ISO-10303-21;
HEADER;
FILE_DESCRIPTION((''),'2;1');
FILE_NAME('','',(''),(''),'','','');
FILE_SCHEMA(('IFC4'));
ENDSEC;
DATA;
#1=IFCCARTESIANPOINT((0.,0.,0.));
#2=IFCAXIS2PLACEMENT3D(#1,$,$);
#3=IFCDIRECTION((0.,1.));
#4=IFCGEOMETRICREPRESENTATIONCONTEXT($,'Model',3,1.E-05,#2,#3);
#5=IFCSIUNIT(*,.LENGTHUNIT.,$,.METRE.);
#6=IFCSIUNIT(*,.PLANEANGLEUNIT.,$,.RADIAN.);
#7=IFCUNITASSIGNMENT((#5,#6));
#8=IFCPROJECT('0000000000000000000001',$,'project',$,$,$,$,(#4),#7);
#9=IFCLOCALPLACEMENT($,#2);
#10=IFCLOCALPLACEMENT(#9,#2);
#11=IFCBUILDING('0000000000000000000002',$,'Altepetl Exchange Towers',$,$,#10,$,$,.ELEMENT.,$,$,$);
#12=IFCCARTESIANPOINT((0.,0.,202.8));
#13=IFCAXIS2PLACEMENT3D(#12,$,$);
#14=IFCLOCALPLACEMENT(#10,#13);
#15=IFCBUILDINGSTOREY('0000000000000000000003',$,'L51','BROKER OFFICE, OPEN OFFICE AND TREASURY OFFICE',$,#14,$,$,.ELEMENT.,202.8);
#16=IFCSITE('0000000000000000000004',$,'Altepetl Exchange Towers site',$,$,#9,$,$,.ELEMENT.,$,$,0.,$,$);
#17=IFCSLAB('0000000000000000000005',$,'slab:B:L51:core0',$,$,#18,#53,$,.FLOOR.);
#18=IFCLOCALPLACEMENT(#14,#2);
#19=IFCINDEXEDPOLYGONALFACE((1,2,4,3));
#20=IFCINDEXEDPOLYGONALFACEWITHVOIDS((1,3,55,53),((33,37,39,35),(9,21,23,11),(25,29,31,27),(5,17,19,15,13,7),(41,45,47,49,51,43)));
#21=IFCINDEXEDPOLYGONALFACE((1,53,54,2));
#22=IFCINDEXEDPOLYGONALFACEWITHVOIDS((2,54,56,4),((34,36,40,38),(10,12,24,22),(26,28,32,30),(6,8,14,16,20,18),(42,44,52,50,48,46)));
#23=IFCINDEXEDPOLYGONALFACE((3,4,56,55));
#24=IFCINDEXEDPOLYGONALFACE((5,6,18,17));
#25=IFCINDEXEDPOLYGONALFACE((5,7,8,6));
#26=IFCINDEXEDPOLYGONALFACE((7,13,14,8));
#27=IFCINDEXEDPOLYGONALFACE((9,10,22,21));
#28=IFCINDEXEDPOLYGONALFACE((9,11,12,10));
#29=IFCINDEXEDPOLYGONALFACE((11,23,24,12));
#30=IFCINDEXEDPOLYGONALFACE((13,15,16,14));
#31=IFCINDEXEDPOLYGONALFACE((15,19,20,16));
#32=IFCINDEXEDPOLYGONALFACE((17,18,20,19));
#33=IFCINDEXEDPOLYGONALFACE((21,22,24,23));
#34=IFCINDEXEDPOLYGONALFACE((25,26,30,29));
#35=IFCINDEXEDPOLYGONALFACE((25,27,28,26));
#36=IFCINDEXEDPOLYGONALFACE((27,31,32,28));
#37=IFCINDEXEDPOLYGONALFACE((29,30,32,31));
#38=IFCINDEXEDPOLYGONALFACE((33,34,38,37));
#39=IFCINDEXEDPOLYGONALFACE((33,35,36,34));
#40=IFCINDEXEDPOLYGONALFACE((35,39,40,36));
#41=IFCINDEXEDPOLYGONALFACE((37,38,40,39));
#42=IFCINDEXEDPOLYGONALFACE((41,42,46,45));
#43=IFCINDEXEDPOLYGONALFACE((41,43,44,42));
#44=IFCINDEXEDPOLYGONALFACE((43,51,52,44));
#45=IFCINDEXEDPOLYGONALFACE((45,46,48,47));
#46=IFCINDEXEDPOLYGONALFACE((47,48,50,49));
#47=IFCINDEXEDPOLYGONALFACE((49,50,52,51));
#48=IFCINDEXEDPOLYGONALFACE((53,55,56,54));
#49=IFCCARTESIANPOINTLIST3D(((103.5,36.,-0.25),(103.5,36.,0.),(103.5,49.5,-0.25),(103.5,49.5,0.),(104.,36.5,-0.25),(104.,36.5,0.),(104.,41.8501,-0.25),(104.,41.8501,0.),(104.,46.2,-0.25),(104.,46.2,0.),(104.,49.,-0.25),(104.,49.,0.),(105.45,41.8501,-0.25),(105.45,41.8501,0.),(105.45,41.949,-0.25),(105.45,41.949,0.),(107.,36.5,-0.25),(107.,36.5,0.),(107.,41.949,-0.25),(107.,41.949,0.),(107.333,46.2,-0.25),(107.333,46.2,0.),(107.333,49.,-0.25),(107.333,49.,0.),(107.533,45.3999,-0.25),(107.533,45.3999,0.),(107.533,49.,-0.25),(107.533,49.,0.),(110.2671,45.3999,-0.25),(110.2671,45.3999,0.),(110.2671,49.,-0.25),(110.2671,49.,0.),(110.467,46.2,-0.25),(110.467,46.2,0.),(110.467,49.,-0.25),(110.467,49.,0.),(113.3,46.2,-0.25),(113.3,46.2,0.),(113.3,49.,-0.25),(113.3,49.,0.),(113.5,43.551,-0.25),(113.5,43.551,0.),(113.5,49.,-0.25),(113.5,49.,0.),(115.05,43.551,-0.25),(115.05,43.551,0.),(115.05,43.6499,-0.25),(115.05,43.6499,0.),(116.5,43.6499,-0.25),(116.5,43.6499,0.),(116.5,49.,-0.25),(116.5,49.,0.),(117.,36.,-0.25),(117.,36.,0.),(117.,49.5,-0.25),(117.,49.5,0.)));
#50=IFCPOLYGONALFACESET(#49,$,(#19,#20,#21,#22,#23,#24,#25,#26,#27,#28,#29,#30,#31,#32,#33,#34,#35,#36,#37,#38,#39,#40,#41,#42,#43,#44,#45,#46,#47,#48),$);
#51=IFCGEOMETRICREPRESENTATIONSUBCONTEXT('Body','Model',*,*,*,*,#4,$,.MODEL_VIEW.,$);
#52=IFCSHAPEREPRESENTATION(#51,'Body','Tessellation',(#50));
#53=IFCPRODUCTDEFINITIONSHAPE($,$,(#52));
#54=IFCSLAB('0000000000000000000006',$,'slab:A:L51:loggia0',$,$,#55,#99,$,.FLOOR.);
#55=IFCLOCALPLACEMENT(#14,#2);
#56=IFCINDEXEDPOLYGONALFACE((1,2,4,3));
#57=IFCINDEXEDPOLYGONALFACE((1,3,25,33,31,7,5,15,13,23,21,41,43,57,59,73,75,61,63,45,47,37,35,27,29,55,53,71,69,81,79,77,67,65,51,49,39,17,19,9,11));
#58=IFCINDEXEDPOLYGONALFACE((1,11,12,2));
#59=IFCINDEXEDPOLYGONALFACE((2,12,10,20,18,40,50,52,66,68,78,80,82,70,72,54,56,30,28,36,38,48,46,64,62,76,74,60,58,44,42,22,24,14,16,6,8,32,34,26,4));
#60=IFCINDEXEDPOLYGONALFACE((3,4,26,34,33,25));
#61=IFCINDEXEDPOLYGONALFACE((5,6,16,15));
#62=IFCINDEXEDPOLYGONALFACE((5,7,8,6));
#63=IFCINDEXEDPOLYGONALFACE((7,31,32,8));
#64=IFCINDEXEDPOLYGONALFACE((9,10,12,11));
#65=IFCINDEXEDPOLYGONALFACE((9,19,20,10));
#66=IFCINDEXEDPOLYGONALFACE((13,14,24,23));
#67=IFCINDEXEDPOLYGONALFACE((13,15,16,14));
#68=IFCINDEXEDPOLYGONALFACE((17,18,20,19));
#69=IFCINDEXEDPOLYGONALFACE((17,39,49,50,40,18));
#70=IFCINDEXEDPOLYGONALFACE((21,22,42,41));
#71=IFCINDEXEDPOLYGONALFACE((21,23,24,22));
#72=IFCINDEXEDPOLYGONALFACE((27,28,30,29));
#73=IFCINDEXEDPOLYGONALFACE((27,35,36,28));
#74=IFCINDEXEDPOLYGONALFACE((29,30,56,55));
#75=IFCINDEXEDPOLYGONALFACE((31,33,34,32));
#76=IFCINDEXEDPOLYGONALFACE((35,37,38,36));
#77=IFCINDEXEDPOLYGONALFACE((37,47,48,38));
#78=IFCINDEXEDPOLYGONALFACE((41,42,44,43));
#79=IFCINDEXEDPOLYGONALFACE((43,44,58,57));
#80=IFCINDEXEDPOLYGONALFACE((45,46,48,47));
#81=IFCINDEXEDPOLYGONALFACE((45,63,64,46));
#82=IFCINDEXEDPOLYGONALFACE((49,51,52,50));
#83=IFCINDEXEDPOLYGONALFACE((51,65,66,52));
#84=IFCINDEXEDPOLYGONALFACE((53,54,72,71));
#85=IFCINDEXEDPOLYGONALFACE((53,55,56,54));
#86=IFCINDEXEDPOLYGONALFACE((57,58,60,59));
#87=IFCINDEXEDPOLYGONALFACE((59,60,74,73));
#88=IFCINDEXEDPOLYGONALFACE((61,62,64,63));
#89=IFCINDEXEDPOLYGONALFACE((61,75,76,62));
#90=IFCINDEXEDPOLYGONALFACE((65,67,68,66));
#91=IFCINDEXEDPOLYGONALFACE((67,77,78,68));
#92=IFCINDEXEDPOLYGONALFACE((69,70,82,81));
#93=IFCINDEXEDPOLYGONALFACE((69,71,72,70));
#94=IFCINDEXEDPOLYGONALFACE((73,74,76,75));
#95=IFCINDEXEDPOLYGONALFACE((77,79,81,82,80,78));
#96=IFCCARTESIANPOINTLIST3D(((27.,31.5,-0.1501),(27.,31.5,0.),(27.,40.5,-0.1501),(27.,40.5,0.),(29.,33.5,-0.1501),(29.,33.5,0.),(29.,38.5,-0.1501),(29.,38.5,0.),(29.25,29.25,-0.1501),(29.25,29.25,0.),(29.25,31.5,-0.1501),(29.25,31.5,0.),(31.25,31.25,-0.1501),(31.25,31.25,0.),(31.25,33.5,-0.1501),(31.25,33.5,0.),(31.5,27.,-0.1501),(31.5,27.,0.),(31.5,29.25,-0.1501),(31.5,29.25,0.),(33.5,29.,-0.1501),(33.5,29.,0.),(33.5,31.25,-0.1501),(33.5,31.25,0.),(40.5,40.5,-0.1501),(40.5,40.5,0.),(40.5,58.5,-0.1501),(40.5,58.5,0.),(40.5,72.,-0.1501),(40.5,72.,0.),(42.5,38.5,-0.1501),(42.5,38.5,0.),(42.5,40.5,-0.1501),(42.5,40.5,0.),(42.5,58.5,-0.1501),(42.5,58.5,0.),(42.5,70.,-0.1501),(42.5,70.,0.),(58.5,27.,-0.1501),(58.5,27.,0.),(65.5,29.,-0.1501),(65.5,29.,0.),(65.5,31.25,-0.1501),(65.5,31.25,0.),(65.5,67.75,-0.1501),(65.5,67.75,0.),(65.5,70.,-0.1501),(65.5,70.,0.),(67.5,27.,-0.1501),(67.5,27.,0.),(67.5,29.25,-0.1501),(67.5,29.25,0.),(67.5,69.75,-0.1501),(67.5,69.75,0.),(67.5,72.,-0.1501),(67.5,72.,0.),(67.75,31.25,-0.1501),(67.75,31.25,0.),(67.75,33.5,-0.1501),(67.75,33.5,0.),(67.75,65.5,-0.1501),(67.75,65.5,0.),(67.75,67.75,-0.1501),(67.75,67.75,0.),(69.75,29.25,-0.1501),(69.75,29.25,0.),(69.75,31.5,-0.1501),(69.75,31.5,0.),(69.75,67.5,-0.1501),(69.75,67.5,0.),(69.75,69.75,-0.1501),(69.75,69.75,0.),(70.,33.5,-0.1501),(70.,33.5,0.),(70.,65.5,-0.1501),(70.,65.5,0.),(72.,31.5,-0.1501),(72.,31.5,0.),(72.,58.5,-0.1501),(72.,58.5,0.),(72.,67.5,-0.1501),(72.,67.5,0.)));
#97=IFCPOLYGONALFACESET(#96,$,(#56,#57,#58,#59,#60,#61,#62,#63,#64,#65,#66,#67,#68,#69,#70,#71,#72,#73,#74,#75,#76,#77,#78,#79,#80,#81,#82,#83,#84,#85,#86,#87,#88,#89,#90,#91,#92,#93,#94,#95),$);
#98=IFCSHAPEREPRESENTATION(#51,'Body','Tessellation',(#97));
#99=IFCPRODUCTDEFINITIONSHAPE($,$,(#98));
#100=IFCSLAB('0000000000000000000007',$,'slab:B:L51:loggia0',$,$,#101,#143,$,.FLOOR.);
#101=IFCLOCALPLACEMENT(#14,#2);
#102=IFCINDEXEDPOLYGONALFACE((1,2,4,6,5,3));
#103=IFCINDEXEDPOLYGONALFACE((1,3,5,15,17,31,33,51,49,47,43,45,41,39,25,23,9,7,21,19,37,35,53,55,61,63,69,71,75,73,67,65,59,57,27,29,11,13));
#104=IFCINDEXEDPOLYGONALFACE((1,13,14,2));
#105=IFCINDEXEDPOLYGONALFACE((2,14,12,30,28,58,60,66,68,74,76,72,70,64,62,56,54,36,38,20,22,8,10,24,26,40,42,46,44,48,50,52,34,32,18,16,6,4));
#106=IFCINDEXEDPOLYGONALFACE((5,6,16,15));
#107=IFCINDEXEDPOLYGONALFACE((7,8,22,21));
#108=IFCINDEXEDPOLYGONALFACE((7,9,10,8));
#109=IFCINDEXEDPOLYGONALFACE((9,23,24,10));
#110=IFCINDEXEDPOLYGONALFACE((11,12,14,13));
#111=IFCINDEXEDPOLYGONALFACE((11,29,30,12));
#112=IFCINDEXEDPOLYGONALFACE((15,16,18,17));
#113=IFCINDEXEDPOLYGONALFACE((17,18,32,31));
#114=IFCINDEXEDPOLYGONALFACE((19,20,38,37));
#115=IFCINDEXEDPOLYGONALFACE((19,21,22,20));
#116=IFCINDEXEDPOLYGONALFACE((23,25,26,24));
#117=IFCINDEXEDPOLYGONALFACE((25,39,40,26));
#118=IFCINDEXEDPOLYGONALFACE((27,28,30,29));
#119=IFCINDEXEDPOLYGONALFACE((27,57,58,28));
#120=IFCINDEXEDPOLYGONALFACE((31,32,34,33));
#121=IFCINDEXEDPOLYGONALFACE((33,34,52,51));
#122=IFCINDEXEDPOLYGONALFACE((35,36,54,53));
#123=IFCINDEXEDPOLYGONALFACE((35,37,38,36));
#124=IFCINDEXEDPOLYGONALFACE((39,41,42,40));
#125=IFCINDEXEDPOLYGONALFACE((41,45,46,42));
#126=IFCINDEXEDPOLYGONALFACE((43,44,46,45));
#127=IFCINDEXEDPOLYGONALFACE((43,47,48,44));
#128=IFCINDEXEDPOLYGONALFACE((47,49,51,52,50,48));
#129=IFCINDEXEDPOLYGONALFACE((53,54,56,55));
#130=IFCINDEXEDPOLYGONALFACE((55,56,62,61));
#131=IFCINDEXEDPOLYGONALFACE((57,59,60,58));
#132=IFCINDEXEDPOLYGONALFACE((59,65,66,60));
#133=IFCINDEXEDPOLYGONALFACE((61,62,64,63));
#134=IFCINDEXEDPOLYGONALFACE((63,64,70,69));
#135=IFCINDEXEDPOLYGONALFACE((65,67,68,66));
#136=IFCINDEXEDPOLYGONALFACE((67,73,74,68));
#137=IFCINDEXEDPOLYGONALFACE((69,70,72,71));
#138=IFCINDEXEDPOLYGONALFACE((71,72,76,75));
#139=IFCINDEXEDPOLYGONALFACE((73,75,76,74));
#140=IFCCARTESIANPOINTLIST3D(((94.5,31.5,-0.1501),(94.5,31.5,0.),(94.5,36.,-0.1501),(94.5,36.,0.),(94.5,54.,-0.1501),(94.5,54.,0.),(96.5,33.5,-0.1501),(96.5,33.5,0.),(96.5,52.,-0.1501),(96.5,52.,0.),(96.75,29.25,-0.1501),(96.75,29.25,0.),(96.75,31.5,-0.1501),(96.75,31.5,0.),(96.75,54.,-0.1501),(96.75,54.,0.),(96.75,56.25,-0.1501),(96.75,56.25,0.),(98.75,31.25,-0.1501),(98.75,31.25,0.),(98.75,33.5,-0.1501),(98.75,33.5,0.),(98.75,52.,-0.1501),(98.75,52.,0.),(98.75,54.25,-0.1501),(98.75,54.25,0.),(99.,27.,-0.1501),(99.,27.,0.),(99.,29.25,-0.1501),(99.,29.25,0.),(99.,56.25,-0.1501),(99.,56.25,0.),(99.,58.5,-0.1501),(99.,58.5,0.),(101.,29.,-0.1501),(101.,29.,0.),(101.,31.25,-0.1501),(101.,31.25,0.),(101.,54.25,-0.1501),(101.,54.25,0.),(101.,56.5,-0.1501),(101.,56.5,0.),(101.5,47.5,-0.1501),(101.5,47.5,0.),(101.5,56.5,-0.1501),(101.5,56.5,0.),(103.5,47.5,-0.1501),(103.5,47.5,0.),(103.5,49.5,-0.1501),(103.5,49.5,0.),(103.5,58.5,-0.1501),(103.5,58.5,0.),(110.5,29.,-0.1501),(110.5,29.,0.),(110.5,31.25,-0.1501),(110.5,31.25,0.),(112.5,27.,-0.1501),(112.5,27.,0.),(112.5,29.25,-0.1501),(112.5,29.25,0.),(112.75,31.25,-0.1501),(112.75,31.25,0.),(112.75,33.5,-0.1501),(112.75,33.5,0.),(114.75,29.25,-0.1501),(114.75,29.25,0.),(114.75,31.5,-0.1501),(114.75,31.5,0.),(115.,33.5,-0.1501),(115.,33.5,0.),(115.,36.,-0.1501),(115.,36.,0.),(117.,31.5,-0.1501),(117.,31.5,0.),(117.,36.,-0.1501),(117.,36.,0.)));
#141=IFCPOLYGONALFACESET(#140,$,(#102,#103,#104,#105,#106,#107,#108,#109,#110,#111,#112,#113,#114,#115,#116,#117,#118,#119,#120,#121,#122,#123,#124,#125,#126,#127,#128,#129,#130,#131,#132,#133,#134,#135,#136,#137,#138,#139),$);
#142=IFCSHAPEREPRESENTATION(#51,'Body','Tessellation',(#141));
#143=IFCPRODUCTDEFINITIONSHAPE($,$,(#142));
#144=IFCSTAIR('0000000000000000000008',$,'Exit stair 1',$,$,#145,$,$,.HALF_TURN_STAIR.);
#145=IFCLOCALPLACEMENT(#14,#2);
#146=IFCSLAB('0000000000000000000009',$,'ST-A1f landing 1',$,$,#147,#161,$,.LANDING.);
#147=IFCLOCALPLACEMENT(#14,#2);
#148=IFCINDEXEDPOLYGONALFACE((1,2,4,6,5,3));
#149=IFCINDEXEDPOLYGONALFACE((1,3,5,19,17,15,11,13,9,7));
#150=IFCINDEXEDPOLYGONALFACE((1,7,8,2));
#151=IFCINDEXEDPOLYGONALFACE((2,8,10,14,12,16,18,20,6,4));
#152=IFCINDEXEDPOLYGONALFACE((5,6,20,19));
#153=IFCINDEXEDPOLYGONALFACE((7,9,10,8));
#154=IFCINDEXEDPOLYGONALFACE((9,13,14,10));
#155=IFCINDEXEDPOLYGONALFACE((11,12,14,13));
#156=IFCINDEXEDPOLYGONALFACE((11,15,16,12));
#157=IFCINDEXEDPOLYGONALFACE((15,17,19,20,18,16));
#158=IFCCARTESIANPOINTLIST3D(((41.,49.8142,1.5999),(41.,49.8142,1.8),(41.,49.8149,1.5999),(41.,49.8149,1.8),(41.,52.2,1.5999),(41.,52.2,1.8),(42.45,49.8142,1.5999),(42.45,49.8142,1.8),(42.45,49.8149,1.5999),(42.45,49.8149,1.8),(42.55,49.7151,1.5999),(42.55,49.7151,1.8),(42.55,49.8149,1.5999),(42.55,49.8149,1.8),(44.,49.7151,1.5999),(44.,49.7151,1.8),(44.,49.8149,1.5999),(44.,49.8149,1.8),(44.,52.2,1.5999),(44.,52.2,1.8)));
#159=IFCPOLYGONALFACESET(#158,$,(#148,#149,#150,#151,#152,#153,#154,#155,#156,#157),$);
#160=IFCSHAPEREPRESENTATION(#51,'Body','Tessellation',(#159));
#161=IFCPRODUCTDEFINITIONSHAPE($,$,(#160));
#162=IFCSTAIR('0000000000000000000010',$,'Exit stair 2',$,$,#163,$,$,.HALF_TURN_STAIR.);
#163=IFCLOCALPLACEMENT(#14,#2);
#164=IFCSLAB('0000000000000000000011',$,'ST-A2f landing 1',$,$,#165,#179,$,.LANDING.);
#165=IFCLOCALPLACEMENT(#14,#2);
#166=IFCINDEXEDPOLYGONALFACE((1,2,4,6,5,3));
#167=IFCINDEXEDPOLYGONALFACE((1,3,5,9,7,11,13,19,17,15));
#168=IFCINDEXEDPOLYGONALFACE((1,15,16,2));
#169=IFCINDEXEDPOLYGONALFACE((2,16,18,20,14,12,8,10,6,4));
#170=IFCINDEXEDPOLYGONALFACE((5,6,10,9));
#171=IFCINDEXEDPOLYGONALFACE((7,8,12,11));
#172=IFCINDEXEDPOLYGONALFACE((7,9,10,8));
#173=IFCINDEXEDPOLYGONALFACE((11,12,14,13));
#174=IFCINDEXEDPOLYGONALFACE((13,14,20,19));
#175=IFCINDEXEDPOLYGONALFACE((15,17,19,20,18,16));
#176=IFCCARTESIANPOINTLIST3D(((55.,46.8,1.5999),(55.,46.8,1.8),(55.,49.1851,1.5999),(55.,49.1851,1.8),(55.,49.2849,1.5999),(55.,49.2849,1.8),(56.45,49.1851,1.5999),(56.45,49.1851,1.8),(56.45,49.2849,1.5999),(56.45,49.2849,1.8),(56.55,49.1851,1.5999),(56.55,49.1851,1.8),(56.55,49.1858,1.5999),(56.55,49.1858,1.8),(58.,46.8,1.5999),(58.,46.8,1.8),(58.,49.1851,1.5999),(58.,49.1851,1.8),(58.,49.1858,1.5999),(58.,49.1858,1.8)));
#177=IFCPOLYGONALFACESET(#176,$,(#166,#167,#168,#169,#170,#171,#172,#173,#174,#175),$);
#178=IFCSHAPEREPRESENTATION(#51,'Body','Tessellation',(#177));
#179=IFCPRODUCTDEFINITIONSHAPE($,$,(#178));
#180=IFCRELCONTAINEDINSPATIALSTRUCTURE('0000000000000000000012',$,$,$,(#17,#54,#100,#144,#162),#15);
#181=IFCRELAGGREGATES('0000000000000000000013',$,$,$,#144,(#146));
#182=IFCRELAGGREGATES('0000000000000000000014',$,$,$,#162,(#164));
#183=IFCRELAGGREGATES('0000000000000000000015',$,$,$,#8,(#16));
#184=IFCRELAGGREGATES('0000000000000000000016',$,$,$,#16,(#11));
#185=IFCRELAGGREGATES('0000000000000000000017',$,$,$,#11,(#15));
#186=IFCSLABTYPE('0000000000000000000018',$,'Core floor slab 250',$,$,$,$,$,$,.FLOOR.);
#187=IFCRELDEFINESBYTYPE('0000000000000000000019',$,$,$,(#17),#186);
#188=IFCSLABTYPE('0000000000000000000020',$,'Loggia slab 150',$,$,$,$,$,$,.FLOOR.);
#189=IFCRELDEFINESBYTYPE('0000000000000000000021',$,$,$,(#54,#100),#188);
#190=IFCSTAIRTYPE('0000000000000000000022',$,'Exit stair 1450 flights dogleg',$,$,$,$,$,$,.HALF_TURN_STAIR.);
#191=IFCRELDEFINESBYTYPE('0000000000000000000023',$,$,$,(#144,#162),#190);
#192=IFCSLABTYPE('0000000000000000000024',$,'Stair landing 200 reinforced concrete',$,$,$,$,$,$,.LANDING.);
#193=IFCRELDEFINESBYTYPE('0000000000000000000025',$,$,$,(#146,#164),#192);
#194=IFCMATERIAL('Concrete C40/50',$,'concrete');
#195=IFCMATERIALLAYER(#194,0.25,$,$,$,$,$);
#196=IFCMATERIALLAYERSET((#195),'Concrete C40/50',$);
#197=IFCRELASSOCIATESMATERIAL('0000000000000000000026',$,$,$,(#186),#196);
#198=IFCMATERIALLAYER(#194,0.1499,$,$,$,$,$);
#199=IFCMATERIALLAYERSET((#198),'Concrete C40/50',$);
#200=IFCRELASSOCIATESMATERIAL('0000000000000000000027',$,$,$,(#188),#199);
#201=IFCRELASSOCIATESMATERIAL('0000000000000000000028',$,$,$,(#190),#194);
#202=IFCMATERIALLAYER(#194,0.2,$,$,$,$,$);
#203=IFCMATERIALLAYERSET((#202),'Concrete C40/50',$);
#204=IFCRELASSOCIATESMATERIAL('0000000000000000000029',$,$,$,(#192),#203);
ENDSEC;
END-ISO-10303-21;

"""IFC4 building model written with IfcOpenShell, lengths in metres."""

from ifc_helpers import new_model, si_unit, direction, frame, origin, place, context, subcontext, project, spatial, polyline, outline, extrude, material, layer, layer_set, type_object, element, aggregate, save


model = new_model("IFC4")

# Units and contexts
model_context = context("Model", 3, precision=1e-05, world=origin(), true_north=direction((0.0, 1.0)))
body_context = subcontext(model_context, "Body", "Model", "MODEL_VIEW")
ifc_project = project(units=[si_unit("LENGTHUNIT", "METRE"), si_unit("PLANEANGLEUNIT", "RADIAN")], contexts=[model_context])

# Site, building, storey
site_placement = place(None, origin())
site = spatial("IfcSite", under=ifc_project, at=site_placement, Name="Altepetl Exchange Towers site", CompositionType="ELEMENT", RefElevation=0.0)
building_placement = place(site_placement, origin())
building = spatial("IfcBuilding", under=site, at=building_placement, Name="Altepetl Exchange Towers", CompositionType="ELEMENT")
storey_placement = place(building_placement, frame((0.0, 0.0, 202.8)))
storey = spatial("IfcBuildingStorey", under=building, at=storey_placement, Name="L51", Description="BROKER OFFICE, OPEN OFFICE AND TREASURY OFFICE", CompositionType="ELEMENT", Elevation=202.8)

# Slabs
ifc_material_1 = material(Name="Concrete C40/50", Category="concrete")
ifc_layer_1 = layer(ifc_material_1, 0.25)
ifc_layer_set_1 = layer_set([ifc_layer_1], Name="Concrete C40/50")
slab_type_1 = type_object("IfcSlabType", Name="Core floor slab 250", PredefinedType="FLOOR", material=ifc_layer_set_1)
slab_1_placement = place(storey_placement, frame((0.0, 0.0, -0.25)))
element("IfcSlab", 1, at=slab_1_placement, inside=storey, type_object=slab_type_1, Name="slab:B:L51:core0", PredefinedType="FLOOR", context=body_context, shape_type="SweptSolid", body=[
    extrude(outline(polyline([(103.5, 36.0), (117.0, 36.0), (117.0, 49.5), (103.5, 49.5), (103.5, 36.0)]), holes=[polyline([(107.0, 36.5), (104.0, 36.5), (104.0, 41.8501), (105.45, 41.8501), (105.45, 41.949), (107.0, 41.949), (107.0, 36.5)]), polyline([(113.5, 49.0), (116.5, 49.0), (116.5, 43.6499), (115.05, 43.6499), (115.05, 43.551), (113.5, 43.551), (113.5, 49.0)]), polyline([(107.533, 45.3999), (107.533, 49.0), (110.2671, 49.0), (110.2671, 45.3999), (107.533, 45.3999)]), polyline([(104.0, 49.0), (107.333, 49.0), (107.333, 46.2), (104.0, 46.2), (104.0, 49.0)]), polyline([(110.467, 49.0), (113.3, 49.0), (113.3, 46.2), (110.467, 46.2), (110.467, 49.0)])]), origin(), (0.0, 0.0, 1.0), 0.25),
])
ifc_layer_2 = layer(ifc_material_1, 0.1499)
ifc_layer_set_2 = layer_set([ifc_layer_2], Name="Concrete C40/50")
slab_type_2 = type_object("IfcSlabType", Name="Loggia slab 150", PredefinedType="FLOOR", material=ifc_layer_set_2)
slab_2_placement = place(storey_placement, frame((0.0, 0.0, -0.1501)))
element("IfcSlab", 2, at=slab_2_placement, inside=storey, type_object=slab_type_2, Name="slab:A:L51:loggia0", PredefinedType="FLOOR", context=body_context, shape_type="SweptSolid", body=[
    extrude(outline(polyline([(40.5, 72.0), (40.5, 58.5), (42.5, 58.5), (42.5, 70.0), (65.5, 70.0), (65.5, 67.75), (67.75, 67.75), (67.75, 65.5), (70.0, 65.5), (70.0, 33.5), (67.75, 33.5), (67.75, 31.25), (65.5, 31.25), (65.5, 29.0), (33.5, 29.0), (33.5, 31.25), (31.25, 31.25), (31.25, 33.5), (29.0, 33.5), (29.0, 38.5), (42.5, 38.5), (42.5, 40.5), (40.5, 40.5), (27.0, 40.5), (27.0, 31.5), (29.25, 31.5), (29.25, 29.25), (31.5, 29.25), (31.5, 27.0), (58.5, 27.0), (67.5, 27.0), (67.5, 29.25), (69.75, 29.25), (69.75, 31.5), (72.0, 31.5), (72.0, 58.5), (72.0, 67.5), (69.75, 67.5), (69.75, 69.75), (67.5, 69.75), (67.5, 72.0), (40.5, 72.0)])), origin(), (0.0, 0.0, 1.0), 0.1501),
])
slab_3_placement = place(storey_placement, frame((0.0, 0.0, -0.1501)))
element("IfcSlab", 3, at=slab_3_placement, inside=storey, type_object=slab_type_2, Name="slab:B:L51:loggia0", PredefinedType="FLOOR", context=body_context, shape_type="SweptSolid", body=[
    extrude(outline(polyline([(99.0, 29.25), (99.0, 27.0), (112.5, 27.0), (112.5, 29.25), (114.75, 29.25), (114.75, 31.5), (117.0, 31.5), (117.0, 36.0), (115.0, 36.0), (115.0, 33.5), (112.75, 33.5), (112.75, 31.25), (110.5, 31.25), (110.5, 29.0), (101.0, 29.0), (101.0, 31.25), (98.75, 31.25), (98.75, 33.5), (96.5, 33.5), (96.5, 52.0), (98.75, 52.0), (98.75, 54.25), (101.0, 54.25), (101.0, 56.5), (101.5, 56.5), (101.5, 47.5), (103.5, 47.5), (103.5, 49.5), (103.5, 58.5), (99.0, 58.5), (99.0, 56.25), (96.75, 56.25), (96.75, 54.0), (94.5, 54.0), (94.5, 36.0), (94.5, 31.5), (96.75, 31.5), (96.75, 29.25), (99.0, 29.25)])), origin(), (0.0, 0.0, 1.0), 0.1501),
])

# Stairs, slabs
stair_type = type_object("IfcStairType", Name="Exit stair 1450 flights dogleg", PredefinedType="HALF_TURN_STAIR", material=ifc_material_1)
stair_1_placement = place(storey_placement, origin())
stair_1 = element("IfcStair", 4, at=stair_1_placement, inside=storey, type_object=stair_type, Name="Exit stair 1", PredefinedType="HALF_TURN_STAIR")
ifc_layer_3 = layer(ifc_material_1, 0.2)
ifc_layer_set_3 = layer_set([ifc_layer_3], Name="Concrete C40/50")
slab_type_3 = type_object("IfcSlabType", Name="Stair landing 200 reinforced concrete", PredefinedType="LANDING", material=ifc_layer_set_3)
slab_4_placement = place(storey_placement, frame((0.0, 0.0, 1.5999)))
slab_4 = element("IfcSlab", 5, at=slab_4_placement, type_object=slab_type_3, Name="ST-A1f landing 1", PredefinedType="LANDING", context=body_context, shape_type="SweptSolid", body=[
    extrude(outline(polyline([(44.0, 49.7151), (42.55, 49.7151), (42.55, 49.8149), (42.45, 49.8149), (42.45, 49.8142), (41.0, 49.8142), (41.0, 49.8149), (41.0, 52.2), (44.0, 52.2), (44.0, 49.8149), (44.0, 49.7151)])), origin(), (0.0, 0.0, 1.0), 0.2002),
])
aggregate(stair_1, [slab_4])
stair_2_placement = place(storey_placement, origin())
stair_2 = element("IfcStair", 6, at=stair_2_placement, inside=storey, type_object=stair_type, Name="Exit stair 2", PredefinedType="HALF_TURN_STAIR")
slab_5_placement = place(storey_placement, frame((0.0, 0.0, 1.5999)))
slab_5 = element("IfcSlab", 7, at=slab_5_placement, type_object=slab_type_3, Name="ST-A2f landing 1", PredefinedType="LANDING", context=body_context, shape_type="SweptSolid", body=[
    extrude(outline(polyline([(58.0, 46.8), (55.0, 46.8), (55.0, 49.1851), (55.0, 49.2849), (56.45, 49.2849), (56.45, 49.1851), (56.55, 49.1851), (56.55, 49.1858), (58.0, 49.1858), (58.0, 49.1851), (58.0, 46.8)])), origin(), (0.0, 0.0, 1.0), 0.2002),
])
aggregate(stair_2, [slab_5])

save(model, "model.ifc")
